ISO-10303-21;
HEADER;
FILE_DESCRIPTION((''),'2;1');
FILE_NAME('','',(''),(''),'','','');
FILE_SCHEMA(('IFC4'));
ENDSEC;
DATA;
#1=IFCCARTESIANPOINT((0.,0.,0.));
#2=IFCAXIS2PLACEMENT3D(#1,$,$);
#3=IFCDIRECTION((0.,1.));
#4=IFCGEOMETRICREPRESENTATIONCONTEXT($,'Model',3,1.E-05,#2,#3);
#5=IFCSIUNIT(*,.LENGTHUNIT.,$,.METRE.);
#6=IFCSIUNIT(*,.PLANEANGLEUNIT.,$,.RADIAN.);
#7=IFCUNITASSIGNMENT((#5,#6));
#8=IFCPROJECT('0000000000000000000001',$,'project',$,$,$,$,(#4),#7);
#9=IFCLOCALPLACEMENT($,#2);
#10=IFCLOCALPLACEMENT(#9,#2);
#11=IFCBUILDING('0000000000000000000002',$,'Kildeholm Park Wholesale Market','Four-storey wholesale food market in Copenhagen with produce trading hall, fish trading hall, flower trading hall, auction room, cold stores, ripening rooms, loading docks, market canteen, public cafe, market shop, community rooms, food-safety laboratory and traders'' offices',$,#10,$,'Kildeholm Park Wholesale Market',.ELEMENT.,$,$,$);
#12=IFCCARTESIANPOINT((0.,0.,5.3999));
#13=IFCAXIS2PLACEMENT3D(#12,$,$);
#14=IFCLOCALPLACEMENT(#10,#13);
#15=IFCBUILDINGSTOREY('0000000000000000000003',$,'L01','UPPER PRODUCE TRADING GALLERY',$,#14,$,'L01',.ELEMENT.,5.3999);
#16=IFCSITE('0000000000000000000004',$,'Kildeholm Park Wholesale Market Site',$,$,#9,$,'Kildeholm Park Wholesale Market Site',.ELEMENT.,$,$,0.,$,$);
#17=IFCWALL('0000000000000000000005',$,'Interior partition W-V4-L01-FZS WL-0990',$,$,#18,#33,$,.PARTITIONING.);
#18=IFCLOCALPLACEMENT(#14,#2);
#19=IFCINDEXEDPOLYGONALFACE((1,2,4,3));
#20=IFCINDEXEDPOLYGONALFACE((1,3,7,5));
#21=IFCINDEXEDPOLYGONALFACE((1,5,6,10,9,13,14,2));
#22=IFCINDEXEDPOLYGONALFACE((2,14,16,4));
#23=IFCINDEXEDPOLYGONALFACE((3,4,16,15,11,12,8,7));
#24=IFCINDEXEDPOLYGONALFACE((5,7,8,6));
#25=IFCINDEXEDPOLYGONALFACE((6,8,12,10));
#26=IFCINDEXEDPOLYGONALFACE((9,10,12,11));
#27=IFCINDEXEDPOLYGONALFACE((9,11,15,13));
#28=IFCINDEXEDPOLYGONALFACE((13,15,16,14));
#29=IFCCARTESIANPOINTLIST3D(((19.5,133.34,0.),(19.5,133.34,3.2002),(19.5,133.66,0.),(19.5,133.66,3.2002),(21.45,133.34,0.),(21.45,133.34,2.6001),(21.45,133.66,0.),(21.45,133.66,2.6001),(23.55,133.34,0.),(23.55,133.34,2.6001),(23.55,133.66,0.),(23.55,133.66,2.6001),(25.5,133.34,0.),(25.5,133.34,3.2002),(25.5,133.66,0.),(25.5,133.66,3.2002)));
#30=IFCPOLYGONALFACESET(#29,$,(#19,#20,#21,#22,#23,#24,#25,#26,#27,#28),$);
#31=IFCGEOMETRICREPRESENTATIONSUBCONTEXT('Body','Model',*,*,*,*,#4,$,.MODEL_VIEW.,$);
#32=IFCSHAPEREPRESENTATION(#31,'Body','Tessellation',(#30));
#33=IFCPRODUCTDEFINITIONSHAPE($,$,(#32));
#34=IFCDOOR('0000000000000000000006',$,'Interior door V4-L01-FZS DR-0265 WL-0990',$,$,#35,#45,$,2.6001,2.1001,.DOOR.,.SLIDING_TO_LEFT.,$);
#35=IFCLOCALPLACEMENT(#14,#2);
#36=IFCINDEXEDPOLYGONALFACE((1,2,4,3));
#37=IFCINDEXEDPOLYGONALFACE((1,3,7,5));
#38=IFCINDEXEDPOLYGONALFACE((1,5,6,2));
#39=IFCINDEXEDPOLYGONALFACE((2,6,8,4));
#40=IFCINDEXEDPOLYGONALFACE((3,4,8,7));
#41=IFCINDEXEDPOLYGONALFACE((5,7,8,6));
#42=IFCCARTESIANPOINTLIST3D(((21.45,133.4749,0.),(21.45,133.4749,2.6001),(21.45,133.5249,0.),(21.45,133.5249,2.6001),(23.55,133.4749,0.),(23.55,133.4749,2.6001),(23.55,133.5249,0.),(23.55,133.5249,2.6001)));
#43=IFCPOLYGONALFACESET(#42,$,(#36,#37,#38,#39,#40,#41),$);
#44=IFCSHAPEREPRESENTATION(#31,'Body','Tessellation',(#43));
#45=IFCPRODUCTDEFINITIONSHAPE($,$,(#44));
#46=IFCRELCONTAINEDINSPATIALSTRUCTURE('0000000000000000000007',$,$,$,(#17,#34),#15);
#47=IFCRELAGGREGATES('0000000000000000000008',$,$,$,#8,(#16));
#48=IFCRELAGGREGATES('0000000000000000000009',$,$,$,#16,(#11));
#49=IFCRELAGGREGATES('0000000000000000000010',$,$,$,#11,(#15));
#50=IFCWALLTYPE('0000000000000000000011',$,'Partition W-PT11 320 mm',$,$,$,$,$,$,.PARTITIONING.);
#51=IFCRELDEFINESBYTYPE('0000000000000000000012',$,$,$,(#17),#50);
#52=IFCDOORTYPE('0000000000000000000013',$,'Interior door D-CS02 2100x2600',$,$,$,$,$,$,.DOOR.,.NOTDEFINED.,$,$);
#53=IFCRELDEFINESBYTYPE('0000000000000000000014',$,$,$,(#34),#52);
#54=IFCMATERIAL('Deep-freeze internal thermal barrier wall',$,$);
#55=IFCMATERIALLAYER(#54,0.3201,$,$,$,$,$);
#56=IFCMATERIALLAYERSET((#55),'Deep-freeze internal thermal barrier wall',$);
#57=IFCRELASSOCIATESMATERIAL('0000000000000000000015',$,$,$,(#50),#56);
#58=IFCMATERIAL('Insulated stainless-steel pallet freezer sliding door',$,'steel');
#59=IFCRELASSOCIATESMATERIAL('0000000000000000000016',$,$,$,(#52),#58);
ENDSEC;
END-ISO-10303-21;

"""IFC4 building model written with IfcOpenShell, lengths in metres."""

from ifc_helpers import new_model, si_unit, direction, frame, frame_2d, origin, place, context, subcontext, project, spatial, rectangle, extrude, material, layer, layer_set, type_object, element, fill, save


model = new_model("IFC4")

# Units and contexts
model_context = context("Model", 3, precision=1e-05, world=origin(), true_north=direction((0.0, 1.0)))
body_context = subcontext(model_context, "Body", "Model", "MODEL_VIEW")
ifc_project = project(units=[si_unit("LENGTHUNIT", "METRE"), si_unit("PLANEANGLEUNIT", "RADIAN")], contexts=[model_context])

# Site, building, storey
site_placement = place(None, origin())
site = spatial("IfcSite", under=ifc_project, at=site_placement, Name="Kildeholm Park Wholesale Market Site", LongName="Kildeholm Park Wholesale Market Site", CompositionType="ELEMENT", RefElevation=0.0)
building_placement = place(site_placement, origin())
building = spatial("IfcBuilding", under=site, at=building_placement, Name="Kildeholm Park Wholesale Market", Description="Four-storey wholesale food market in Copenhagen with produce trading hall, fish trading hall, flower trading hall, auction room, cold stores, ripening rooms, loading docks, market canteen, public cafe, market shop, community rooms, food-safety laboratory and traders' offices", LongName="Kildeholm Park Wholesale Market", CompositionType="ELEMENT")
storey_placement = place(building_placement, frame((0.0, 0.0, 5.3999)))
storey = spatial("IfcBuildingStorey", under=building, at=storey_placement, Name="L01", Description="UPPER PRODUCE TRADING GALLERY", LongName="L01", CompositionType="ELEMENT", Elevation=5.3999)

# Wall, opening, door
ifc_material_1 = material(Name="Deep-freeze internal thermal barrier wall")
ifc_layer = layer(ifc_material_1, 0.3201)
ifc_layer_set = layer_set([ifc_layer], Name="Deep-freeze internal thermal barrier wall")
wall_type = type_object("IfcWallType", Name="Partition W-PT11 320 mm", PredefinedType="PARTITIONING", material=ifc_layer_set)
wall_placement = place(storey_placement, frame((19.5, 133.5, 0.0), z_axis=(0.0, 0.0, 1.0), x_axis=(1.0, 0.0, 0.0)))
wall = element("IfcWall", 1, at=wall_placement, inside=storey, type_object=wall_type, Name="Interior partition W-V4-L01-FZS WL-0990", PredefinedType="PARTITIONING", context=body_context, shape_type="SweptSolid", body=[
    extrude(rectangle(XDim=6.0, YDim=0.3201, at=frame_2d((3.0, 0.0))), origin(), (0.0, 0.0, 1.0), 3.2002),
])
opening_placement = place(wall_placement, frame((1.95, 0.0, 0.0)))
opening = element("IfcOpeningElement", 2, at=opening_placement, cuts=wall, PredefinedType="OPENING", context=body_context, shape_type="SweptSolid", body=[
    extrude(rectangle(XDim=2.1001, YDim=2.6001, at=frame_2d((1.05, 1.3))), frame((0.0, 0.1699, 0.0), z_axis=(0.0, -1.0, 0.0), x_axis=(1.0, 0.0, 0.0)), (0.0, 0.0, 1.0), 0.3401),
])
ifc_material_2 = material(Name="Insulated stainless-steel pallet freezer sliding door", Category="steel")
door_type = type_object("IfcDoorType", Name="Interior door D-CS02 2100x2600", OperationType="NOTDEFINED", PredefinedType="DOOR", material=ifc_material_2)
door_placement = place(opening_placement, origin())
door = element("IfcDoor", 3, at=door_placement, inside=storey, type_object=door_type, Name="Interior door V4-L01-FZS DR-0265 WL-0990", OperationType="SLIDING_TO_LEFT", OverallHeight=2.6001, OverallWidth=2.1001, PredefinedType="DOOR", context=body_context, shape_type="SweptSolid", body=[
    extrude(rectangle(XDim=2.1001, YDim=2.6001, at=frame_2d((1.05, 1.3))), frame((0.0, 0.0249, 0.0), z_axis=(0.0, -1.0, 0.0), x_axis=(1.0, 0.0, 0.0)), (0.0, 0.0, 1.0), 0.05),
])
fill(opening, door)

save(model, "model.ifc")
